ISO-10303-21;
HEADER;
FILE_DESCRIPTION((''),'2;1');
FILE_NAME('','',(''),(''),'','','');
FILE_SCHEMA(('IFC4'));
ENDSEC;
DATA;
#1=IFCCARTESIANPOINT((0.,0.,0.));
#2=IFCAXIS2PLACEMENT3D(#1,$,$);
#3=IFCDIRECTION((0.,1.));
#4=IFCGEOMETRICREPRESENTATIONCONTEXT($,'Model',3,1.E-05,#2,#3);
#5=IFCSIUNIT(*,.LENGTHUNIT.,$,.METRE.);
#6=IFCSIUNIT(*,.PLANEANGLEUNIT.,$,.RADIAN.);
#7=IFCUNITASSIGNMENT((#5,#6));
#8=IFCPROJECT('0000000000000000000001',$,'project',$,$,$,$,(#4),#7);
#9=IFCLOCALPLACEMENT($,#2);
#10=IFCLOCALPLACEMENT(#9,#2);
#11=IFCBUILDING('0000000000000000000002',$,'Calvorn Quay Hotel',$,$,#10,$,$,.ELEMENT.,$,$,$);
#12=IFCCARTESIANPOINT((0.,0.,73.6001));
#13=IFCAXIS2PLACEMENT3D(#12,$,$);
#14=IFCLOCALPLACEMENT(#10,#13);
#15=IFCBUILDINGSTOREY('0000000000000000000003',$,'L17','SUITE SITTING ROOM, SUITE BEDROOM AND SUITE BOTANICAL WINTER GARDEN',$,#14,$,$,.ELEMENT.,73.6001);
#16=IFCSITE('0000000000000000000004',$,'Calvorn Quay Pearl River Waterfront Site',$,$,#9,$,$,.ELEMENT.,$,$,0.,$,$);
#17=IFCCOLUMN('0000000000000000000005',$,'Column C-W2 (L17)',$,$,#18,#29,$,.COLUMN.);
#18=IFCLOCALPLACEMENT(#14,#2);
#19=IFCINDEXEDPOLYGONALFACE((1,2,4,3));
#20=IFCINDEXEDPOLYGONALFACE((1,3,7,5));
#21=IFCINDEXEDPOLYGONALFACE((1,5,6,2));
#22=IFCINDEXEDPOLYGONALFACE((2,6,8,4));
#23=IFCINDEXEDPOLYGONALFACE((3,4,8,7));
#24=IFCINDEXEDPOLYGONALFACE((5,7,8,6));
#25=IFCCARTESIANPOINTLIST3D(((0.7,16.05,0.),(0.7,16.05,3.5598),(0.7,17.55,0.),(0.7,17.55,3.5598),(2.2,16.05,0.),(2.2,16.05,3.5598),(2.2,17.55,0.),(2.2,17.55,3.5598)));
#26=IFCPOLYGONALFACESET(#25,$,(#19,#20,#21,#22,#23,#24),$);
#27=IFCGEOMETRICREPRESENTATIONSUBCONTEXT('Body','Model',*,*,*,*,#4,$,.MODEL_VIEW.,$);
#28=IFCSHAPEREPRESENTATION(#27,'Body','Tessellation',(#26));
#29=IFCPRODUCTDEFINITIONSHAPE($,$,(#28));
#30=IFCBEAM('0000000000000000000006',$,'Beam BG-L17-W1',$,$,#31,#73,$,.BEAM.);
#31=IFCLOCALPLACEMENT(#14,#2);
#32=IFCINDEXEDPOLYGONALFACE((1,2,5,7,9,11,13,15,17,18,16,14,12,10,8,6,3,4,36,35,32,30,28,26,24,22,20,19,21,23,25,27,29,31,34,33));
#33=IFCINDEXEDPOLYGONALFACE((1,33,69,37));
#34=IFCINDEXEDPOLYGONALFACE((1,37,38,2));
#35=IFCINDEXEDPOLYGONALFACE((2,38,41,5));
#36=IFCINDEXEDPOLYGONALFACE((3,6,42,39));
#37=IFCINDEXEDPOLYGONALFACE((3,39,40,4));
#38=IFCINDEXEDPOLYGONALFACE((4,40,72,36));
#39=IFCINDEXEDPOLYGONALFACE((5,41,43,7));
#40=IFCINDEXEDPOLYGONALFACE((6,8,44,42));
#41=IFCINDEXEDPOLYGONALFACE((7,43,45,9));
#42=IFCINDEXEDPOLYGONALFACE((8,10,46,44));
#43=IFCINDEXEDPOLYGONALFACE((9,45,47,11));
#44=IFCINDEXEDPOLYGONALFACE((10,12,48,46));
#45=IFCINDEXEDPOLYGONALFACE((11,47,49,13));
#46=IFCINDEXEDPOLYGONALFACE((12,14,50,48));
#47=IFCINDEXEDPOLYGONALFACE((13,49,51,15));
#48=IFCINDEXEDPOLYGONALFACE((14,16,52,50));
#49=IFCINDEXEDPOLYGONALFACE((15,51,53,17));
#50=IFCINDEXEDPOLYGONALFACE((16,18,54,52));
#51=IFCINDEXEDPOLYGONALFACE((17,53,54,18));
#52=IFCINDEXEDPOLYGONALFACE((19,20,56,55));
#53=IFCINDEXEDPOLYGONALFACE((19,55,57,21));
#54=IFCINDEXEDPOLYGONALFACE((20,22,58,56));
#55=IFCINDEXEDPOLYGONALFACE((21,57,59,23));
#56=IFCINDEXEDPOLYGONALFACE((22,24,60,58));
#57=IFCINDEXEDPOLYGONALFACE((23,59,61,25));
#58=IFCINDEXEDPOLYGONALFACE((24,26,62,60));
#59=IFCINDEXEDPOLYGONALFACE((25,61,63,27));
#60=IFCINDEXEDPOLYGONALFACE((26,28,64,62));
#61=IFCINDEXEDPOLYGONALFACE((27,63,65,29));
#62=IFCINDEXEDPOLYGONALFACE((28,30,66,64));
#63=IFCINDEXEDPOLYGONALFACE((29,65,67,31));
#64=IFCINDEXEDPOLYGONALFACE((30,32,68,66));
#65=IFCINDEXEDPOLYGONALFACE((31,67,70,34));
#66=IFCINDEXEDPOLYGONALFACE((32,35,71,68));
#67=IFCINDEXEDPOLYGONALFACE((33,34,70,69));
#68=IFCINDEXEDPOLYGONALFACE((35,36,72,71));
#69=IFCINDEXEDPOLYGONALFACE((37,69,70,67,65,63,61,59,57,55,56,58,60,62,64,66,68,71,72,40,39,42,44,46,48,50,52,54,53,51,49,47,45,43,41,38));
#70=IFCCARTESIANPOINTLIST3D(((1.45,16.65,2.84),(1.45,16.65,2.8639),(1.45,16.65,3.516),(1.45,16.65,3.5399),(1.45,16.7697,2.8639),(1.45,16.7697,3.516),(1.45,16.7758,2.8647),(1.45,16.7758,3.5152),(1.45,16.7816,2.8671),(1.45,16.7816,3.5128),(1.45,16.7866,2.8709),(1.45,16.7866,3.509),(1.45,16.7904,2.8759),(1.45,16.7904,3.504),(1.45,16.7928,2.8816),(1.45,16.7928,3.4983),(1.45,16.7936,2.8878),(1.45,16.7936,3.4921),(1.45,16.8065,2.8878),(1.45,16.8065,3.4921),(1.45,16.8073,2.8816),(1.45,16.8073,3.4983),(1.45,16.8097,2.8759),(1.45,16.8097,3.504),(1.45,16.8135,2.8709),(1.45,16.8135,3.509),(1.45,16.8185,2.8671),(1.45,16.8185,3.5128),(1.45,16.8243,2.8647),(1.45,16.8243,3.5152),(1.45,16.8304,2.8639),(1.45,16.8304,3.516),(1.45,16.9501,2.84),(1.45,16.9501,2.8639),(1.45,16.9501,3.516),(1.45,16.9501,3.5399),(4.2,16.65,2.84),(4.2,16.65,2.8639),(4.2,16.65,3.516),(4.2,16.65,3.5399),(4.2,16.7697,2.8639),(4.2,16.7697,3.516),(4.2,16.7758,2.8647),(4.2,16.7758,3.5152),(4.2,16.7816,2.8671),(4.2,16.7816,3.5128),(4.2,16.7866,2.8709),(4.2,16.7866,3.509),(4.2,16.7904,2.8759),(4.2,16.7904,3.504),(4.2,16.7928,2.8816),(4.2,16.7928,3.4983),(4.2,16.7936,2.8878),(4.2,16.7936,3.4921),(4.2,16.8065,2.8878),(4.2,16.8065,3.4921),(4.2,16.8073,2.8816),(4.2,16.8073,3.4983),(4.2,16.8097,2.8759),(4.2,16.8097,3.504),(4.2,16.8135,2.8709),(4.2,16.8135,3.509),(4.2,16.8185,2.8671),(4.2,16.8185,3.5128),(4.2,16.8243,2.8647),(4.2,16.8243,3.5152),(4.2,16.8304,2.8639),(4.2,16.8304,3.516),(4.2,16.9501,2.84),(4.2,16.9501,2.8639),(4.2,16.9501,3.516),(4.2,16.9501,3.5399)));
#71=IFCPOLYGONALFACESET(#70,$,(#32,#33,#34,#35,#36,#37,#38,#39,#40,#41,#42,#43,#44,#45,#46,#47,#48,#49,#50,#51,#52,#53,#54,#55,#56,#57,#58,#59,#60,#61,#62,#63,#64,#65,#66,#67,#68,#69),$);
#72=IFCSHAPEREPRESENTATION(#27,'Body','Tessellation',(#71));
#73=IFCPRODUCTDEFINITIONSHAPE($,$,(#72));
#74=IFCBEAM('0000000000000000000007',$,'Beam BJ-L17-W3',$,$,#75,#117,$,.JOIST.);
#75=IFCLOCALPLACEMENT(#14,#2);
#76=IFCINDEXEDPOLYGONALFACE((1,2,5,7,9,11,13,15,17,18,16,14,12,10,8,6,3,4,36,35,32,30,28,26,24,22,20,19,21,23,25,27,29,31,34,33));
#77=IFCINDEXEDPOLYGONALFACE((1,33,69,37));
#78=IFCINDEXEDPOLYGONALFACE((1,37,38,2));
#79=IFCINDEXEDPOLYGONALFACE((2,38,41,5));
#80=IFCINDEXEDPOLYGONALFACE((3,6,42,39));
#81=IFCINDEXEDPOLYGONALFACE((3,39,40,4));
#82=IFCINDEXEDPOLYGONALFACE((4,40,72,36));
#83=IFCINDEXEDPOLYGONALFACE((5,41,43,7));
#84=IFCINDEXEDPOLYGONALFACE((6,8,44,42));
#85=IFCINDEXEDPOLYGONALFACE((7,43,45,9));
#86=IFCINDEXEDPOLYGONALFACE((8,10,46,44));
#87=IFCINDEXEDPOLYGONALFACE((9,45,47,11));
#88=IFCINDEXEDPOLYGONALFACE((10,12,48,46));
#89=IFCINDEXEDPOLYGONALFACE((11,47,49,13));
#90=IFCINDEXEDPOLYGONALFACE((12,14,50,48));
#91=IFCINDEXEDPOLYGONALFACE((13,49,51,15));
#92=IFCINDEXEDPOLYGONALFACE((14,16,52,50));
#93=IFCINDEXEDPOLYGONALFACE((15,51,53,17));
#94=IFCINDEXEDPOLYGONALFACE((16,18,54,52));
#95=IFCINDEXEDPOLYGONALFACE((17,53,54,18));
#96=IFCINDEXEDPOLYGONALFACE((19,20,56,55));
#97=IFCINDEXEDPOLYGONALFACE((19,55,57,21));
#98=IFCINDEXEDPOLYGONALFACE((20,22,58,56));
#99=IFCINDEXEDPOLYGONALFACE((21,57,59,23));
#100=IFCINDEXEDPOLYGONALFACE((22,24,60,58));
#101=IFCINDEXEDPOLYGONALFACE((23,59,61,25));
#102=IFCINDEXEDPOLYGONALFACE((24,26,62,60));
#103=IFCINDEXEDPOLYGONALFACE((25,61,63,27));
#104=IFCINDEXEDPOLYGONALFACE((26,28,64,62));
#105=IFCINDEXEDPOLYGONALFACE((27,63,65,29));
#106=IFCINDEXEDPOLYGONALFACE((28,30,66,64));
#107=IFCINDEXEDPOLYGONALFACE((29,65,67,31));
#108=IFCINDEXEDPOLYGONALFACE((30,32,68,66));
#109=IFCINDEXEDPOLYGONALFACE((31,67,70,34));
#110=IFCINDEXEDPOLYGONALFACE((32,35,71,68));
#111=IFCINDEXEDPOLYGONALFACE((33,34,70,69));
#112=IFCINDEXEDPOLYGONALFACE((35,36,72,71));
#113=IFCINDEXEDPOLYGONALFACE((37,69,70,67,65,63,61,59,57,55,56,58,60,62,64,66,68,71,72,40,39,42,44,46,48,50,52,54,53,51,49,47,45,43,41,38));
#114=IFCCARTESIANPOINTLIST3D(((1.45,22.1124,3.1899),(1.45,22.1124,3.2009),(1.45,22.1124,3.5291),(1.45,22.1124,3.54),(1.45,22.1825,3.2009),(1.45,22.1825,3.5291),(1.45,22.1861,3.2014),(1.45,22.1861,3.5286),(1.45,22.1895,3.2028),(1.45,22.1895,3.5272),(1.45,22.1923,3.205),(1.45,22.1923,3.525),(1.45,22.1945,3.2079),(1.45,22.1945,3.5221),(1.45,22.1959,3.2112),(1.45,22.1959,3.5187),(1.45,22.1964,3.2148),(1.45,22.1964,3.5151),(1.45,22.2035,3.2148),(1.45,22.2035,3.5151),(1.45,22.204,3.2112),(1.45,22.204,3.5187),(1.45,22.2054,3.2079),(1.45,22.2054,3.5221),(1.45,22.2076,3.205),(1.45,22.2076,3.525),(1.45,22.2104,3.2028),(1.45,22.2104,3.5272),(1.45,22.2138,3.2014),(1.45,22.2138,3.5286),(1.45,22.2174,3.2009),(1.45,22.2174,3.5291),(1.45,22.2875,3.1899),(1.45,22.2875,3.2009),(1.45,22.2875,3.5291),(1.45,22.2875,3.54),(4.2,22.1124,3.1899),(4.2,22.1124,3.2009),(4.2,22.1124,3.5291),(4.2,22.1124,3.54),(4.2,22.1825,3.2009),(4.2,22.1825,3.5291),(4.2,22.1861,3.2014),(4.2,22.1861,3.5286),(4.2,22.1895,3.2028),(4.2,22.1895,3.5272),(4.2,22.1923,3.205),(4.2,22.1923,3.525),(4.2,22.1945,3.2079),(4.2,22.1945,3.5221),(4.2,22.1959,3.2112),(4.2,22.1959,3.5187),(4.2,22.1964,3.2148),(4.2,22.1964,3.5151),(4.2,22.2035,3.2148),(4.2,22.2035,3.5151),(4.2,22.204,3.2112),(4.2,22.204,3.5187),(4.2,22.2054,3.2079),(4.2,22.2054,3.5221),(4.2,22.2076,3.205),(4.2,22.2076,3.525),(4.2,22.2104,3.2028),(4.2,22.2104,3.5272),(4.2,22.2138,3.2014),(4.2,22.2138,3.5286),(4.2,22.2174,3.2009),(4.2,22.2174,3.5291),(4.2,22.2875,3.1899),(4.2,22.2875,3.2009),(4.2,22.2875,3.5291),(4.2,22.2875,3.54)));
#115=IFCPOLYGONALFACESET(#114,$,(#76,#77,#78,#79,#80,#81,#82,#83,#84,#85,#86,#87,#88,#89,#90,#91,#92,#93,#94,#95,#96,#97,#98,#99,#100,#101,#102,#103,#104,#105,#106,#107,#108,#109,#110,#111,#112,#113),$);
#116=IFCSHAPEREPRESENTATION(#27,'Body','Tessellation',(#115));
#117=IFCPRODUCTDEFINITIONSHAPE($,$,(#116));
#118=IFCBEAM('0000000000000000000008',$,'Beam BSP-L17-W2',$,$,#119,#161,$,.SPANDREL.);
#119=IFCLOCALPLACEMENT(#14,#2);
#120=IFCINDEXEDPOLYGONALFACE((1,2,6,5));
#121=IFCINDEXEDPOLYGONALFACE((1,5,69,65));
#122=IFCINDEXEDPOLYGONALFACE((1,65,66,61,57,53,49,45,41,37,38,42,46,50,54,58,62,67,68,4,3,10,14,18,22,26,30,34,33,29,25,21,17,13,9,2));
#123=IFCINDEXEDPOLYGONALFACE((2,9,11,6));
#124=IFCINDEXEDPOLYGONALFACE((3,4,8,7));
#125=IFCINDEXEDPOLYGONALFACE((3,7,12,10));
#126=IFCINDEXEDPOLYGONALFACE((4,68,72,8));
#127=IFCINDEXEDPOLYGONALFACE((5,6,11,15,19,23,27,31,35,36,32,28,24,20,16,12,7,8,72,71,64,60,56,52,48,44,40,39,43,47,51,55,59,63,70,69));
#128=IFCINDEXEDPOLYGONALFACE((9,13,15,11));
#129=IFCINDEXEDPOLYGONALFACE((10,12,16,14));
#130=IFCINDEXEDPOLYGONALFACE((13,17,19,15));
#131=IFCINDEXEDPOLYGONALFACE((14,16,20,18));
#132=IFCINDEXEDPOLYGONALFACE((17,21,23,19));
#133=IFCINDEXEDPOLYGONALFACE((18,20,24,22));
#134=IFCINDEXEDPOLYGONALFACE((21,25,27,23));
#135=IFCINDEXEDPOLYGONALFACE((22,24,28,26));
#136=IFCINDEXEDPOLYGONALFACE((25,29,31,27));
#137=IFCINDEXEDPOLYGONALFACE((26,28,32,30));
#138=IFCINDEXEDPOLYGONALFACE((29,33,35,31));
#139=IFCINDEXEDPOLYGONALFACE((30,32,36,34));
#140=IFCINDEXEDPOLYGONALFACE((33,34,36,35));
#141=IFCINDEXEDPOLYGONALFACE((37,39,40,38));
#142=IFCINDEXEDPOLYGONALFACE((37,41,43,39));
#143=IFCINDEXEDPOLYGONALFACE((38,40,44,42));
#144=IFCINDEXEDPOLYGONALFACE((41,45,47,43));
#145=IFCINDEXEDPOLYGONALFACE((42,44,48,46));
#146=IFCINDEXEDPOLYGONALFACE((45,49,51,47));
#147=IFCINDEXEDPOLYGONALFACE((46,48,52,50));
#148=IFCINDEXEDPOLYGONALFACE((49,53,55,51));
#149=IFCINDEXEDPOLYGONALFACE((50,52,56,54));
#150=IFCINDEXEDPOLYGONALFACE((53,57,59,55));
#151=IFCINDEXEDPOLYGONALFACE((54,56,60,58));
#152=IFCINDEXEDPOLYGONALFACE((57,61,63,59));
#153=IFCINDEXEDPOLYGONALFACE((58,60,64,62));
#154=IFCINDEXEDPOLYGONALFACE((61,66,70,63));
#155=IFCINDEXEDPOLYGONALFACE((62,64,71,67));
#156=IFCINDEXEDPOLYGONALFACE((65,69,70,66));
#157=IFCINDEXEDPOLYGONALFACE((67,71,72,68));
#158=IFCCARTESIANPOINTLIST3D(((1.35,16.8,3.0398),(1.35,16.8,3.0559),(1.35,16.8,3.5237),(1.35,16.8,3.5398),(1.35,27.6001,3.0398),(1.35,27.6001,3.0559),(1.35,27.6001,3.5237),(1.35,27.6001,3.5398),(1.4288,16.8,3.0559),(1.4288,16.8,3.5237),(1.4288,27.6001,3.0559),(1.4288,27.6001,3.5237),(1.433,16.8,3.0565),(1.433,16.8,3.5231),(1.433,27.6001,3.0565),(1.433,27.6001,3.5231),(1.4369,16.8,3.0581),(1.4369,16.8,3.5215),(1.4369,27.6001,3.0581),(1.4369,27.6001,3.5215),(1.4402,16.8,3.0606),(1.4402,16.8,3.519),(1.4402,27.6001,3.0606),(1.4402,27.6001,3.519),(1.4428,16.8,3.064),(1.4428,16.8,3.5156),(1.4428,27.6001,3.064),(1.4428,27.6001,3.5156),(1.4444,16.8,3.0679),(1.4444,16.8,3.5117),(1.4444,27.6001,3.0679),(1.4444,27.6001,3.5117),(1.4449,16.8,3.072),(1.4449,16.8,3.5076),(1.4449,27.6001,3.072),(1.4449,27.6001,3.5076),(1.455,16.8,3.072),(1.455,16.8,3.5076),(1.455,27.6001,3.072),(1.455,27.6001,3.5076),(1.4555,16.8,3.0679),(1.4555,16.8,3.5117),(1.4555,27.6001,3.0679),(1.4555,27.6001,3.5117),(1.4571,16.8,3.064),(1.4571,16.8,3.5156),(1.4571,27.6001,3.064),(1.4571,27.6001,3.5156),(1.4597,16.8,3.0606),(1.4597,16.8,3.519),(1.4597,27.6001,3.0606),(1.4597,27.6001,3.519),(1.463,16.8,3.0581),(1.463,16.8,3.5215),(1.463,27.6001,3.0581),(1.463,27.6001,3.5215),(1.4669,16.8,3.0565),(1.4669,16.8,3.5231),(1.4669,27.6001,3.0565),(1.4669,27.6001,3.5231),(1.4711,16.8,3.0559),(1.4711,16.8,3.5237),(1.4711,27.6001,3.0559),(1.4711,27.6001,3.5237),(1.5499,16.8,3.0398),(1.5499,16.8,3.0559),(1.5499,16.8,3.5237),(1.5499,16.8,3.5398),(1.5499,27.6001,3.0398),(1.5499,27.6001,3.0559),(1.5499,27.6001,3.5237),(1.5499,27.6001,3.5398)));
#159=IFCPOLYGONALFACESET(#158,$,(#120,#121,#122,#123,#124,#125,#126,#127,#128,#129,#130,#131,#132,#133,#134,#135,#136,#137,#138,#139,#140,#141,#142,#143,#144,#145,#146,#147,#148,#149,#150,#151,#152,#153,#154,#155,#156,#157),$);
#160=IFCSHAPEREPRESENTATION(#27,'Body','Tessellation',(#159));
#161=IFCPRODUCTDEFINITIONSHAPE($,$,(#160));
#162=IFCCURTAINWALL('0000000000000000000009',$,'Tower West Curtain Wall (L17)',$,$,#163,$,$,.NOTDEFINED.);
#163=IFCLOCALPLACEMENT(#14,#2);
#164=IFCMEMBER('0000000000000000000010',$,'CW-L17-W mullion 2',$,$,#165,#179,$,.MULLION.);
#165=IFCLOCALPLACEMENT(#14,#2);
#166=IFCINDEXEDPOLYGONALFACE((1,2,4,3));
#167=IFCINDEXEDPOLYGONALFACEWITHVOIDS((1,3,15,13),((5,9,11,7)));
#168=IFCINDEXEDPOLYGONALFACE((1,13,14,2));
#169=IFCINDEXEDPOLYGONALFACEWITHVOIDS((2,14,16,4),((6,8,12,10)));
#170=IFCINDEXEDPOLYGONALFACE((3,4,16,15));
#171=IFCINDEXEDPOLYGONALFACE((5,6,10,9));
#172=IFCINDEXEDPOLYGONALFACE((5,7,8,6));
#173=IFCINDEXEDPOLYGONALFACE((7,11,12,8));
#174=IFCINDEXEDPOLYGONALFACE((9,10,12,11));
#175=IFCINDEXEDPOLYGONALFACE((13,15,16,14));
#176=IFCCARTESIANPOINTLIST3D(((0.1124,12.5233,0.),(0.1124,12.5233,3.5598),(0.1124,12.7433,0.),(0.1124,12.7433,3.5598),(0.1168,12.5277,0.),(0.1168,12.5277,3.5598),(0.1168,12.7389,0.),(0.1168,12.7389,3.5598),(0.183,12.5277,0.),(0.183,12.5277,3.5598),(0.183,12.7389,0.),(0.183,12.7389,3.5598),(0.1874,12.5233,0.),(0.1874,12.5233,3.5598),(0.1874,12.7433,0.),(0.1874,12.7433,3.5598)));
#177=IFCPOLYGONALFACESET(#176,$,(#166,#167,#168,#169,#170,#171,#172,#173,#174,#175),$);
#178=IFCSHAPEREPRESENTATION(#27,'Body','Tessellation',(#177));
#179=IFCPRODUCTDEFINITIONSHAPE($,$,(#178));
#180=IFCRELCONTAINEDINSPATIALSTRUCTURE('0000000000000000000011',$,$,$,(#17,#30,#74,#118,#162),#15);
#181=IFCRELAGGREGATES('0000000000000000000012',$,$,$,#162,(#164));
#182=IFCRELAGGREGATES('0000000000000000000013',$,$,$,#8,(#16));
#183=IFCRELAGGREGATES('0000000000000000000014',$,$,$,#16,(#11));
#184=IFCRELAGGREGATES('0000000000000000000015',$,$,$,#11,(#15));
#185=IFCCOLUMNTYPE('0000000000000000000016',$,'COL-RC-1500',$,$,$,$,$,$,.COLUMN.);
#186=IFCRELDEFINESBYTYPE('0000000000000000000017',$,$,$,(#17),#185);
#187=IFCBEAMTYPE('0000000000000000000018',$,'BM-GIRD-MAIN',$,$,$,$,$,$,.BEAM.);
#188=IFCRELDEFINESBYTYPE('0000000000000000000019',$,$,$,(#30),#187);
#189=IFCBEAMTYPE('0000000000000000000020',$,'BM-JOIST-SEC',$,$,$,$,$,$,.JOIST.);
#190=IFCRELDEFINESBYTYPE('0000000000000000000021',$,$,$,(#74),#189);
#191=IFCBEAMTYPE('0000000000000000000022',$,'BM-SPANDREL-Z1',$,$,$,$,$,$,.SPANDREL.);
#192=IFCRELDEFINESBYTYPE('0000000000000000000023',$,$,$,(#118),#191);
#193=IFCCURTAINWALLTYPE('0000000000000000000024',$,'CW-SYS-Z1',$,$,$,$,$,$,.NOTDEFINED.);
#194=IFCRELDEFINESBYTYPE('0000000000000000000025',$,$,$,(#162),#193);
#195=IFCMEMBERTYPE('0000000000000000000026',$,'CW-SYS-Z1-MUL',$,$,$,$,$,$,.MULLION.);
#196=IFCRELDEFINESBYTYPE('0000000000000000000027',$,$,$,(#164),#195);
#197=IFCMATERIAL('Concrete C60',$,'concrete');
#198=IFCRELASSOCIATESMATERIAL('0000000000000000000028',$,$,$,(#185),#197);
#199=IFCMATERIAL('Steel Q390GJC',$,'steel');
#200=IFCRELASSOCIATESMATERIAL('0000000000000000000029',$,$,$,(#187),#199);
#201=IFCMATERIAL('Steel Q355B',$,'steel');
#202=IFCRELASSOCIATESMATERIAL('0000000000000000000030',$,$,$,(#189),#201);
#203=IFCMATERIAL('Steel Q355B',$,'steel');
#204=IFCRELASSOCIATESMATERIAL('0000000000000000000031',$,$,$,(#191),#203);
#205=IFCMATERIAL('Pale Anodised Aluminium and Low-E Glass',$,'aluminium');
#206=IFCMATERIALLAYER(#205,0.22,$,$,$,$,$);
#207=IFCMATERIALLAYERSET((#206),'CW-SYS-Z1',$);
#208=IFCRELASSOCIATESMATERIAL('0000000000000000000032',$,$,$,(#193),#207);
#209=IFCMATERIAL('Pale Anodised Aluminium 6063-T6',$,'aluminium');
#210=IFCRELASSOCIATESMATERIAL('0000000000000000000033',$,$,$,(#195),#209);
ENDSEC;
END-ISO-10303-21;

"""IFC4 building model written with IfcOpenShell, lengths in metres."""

from ifc_helpers import new_model, si_unit, direction, frame, origin, origin_2d, place, context, subcontext, project, spatial, rectangle, hollow_rectangle, i_section, extrude, material, layer, layer_set, material_profile, profile_set, type_object, element, aggregate, save


model = new_model("IFC4")

# Units and contexts
model_context = context("Model", 3, precision=1e-05, world=origin(), true_north=direction((0.0, 1.0)))
body_context = subcontext(model_context, "Body", "Model", "MODEL_VIEW")
ifc_project = project(units=[si_unit("LENGTHUNIT", "METRE"), si_unit("PLANEANGLEUNIT", "RADIAN")], contexts=[model_context])

# Site, building, storey
site_placement = place(None, origin())
site = spatial("IfcSite", under=ifc_project, at=site_placement, Name="Calvorn Quay Pearl River Waterfront Site", CompositionType="ELEMENT", RefElevation=0.0)
building_placement = place(site_placement, origin())
building = spatial("IfcBuilding", under=site, at=building_placement, Name="Calvorn Quay Hotel", CompositionType="ELEMENT")
storey_placement = place(building_placement, frame((0.0, 0.0, 73.6001)))
storey = spatial("IfcBuildingStorey", under=building, at=storey_placement, Name="L17", Description="SUITE SITTING ROOM, SUITE BEDROOM AND SUITE BOTANICAL WINTER GARDEN", CompositionType="ELEMENT", Elevation=73.6001)

# Column
ifc_material_1 = material(Name="Concrete C60", Category="concrete")
ifc_material_profile_1 = material_profile(ifc_material_1, rectangle(XDim=1.5, YDim=1.5, at=origin_2d()), Name="RC1500x1500")
ifc_profile_set_1 = profile_set([ifc_material_profile_1], Name="Concrete C60")
column_type = type_object("IfcColumnType", Name="COL-RC-1500", PredefinedType="COLUMN", material=ifc_profile_set_1)
column_placement = place(storey_placement, frame((1.45, 16.8, 0.0), z_axis=(0.0, 0.0, 1.0), x_axis=(1.0, 0.0, 0.0)))
element("IfcColumn", 1, at=column_placement, inside=storey, type_object=column_type, Name="Column C-W2 (L17)", PredefinedType="COLUMN", context=body_context, shape_type="SweptSolid", body=[
    extrude(rectangle(XDim=1.5, YDim=1.5, at=origin_2d()), origin(), (0.0, 0.0, 1.0), 3.5598),
])

# Beams
ifc_material_2 = material(Name="Steel Q390GJC", Category="steel")
ifc_material_profile_2 = material_profile(ifc_material_2, i_section(OverallWidth=0.3, OverallDepth=0.7, WebThickness=0.0129, FlangeThickness=0.0239, FilletRadius=0.0239, at=origin_2d()), Name="HN700x300x13x24")
ifc_profile_set_2 = profile_set([ifc_material_profile_2], Name="Steel Q390GJC")
beam_type_1 = type_object("IfcBeamType", Name="BM-GIRD-MAIN", PredefinedType="BEAM", material=ifc_profile_set_2)
beam_1_placement = place(storey_placement, frame((1.45, 16.8, 3.1899), z_axis=(1.0, 0.0, 0.0), x_axis=(0.0, 1.0, 0.0)))
element("IfcBeam", 2, at=beam_1_placement, inside=storey, type_object=beam_type_1, Name="Beam BG-L17-W1", PredefinedType="BEAM", context=body_context, shape_type="SweptSolid", body=[
    extrude(i_section(OverallWidth=0.3, OverallDepth=0.7, WebThickness=0.0129, FlangeThickness=0.0239, FilletRadius=0.0239, at=origin_2d()), origin(), (0.0, 0.0, 1.0), 2.75),
])
ifc_material_3 = material(Name="Steel Q355B", Category="steel")
ifc_material_profile_3 = material_profile(ifc_material_3, i_section(OverallWidth=0.175, OverallDepth=0.3501, WebThickness=0.0071, FlangeThickness=0.011, FilletRadius=0.0139, at=origin_2d()), Name="HN350x175x7x11")
ifc_profile_set_3 = profile_set([ifc_material_profile_3], Name="Steel Q355B")
beam_type_2 = type_object("IfcBeamType", Name="BM-JOIST-SEC", PredefinedType="JOIST", material=ifc_profile_set_3)
beam_2_placement = place(storey_placement, frame((1.45, 22.2, 3.365), z_axis=(1.0, 0.0, 0.0), x_axis=(0.0, 1.0, 0.0)))
element("IfcBeam", 3, at=beam_2_placement, inside=storey, type_object=beam_type_2, Name="Beam BJ-L17-W3", PredefinedType="JOIST", context=body_context, shape_type="SweptSolid", body=[
    extrude(i_section(OverallWidth=0.175, OverallDepth=0.3501, WebThickness=0.0071, FlangeThickness=0.011, FilletRadius=0.0139, at=origin_2d()), origin(), (0.0, 0.0, 1.0), 2.75),
])
ifc_material_4 = material(Name="Steel Q355B", Category="steel")
ifc_material_profile_4 = material_profile(ifc_material_4, i_section(OverallWidth=0.2, OverallDepth=0.5, WebThickness=0.01, FlangeThickness=0.0161, FilletRadius=0.0161, at=origin_2d()), Name="HN500x200x10x16")
ifc_profile_set_4 = profile_set([ifc_material_profile_4], Name="Steel Q355B")
beam_type_3 = type_object("IfcBeamType", Name="BM-SPANDREL-Z1", PredefinedType="SPANDREL", material=ifc_profile_set_4)
beam_3_placement = place(storey_placement, frame((1.45, 16.8, 3.2898), z_axis=(0.0, 1.0, 0.0), x_axis=(-1.0, 0.0, 0.0)))
element("IfcBeam", 4, at=beam_3_placement, inside=storey, type_object=beam_type_3, Name="Beam BSP-L17-W2", PredefinedType="SPANDREL", context=body_context, shape_type="SweptSolid", body=[
    extrude(i_section(OverallWidth=0.2, OverallDepth=0.5, WebThickness=0.01, FlangeThickness=0.0161, FilletRadius=0.0161, at=origin_2d()), origin(), (0.0, 0.0, 1.0), 10.8),
])

# Curtain wall, member
ifc_material_5 = material(Name="Pale Anodised Aluminium and Low-E Glass", Category="aluminium")
ifc_layer_1 = layer(ifc_material_5, 0.22)
ifc_layer_set_1 = layer_set([ifc_layer_1], Name="CW-SYS-Z1")
curtain_wall_type = type_object("IfcCurtainWallType", Name="CW-SYS-Z1", PredefinedType="NOTDEFINED", material=ifc_layer_set_1)
curtain_wall_placement = place(storey_placement, origin())
curtain_wall = element("IfcCurtainWall", 5, at=curtain_wall_placement, inside=storey, type_object=curtain_wall_type, Name="Tower West Curtain Wall (L17)", PredefinedType="NOTDEFINED")
ifc_material_6 = material(Name="Pale Anodised Aluminium 6063-T6", Category="aluminium")
ifc_material_profile_5 = material_profile(ifc_material_6, hollow_rectangle(XDim=0.075, YDim=0.22, WallThickness=0.0044, at=origin_2d()), Name="ALU-M220x75x4.5")
ifc_profile_set_5 = profile_set([ifc_material_profile_5], Name="Pale Anodised Aluminium 6063-T6")
member_type_1 = type_object("IfcMemberType", Name="CW-SYS-Z1-MUL", PredefinedType="MULLION", material=ifc_profile_set_5)
member_1_placement = place(storey_placement, frame((0.1499, 12.6333, 0.0), z_axis=(0.0, 0.0, 1.0), x_axis=(-1.0, 0.0, 0.0)))
member_1 = element("IfcMember", 6, at=member_1_placement, type_object=member_type_1, Name="CW-L17-W mullion 2", PredefinedType="MULLION", context=body_context, shape_type="SweptSolid", body=[
    extrude(hollow_rectangle(XDim=0.075, YDim=0.22, WallThickness=0.0044, at=origin_2d()), origin(), (0.0, 0.0, 1.0), 3.5598),
])
aggregate(curtain_wall, [member_1])

save(model, "model.ifc")
